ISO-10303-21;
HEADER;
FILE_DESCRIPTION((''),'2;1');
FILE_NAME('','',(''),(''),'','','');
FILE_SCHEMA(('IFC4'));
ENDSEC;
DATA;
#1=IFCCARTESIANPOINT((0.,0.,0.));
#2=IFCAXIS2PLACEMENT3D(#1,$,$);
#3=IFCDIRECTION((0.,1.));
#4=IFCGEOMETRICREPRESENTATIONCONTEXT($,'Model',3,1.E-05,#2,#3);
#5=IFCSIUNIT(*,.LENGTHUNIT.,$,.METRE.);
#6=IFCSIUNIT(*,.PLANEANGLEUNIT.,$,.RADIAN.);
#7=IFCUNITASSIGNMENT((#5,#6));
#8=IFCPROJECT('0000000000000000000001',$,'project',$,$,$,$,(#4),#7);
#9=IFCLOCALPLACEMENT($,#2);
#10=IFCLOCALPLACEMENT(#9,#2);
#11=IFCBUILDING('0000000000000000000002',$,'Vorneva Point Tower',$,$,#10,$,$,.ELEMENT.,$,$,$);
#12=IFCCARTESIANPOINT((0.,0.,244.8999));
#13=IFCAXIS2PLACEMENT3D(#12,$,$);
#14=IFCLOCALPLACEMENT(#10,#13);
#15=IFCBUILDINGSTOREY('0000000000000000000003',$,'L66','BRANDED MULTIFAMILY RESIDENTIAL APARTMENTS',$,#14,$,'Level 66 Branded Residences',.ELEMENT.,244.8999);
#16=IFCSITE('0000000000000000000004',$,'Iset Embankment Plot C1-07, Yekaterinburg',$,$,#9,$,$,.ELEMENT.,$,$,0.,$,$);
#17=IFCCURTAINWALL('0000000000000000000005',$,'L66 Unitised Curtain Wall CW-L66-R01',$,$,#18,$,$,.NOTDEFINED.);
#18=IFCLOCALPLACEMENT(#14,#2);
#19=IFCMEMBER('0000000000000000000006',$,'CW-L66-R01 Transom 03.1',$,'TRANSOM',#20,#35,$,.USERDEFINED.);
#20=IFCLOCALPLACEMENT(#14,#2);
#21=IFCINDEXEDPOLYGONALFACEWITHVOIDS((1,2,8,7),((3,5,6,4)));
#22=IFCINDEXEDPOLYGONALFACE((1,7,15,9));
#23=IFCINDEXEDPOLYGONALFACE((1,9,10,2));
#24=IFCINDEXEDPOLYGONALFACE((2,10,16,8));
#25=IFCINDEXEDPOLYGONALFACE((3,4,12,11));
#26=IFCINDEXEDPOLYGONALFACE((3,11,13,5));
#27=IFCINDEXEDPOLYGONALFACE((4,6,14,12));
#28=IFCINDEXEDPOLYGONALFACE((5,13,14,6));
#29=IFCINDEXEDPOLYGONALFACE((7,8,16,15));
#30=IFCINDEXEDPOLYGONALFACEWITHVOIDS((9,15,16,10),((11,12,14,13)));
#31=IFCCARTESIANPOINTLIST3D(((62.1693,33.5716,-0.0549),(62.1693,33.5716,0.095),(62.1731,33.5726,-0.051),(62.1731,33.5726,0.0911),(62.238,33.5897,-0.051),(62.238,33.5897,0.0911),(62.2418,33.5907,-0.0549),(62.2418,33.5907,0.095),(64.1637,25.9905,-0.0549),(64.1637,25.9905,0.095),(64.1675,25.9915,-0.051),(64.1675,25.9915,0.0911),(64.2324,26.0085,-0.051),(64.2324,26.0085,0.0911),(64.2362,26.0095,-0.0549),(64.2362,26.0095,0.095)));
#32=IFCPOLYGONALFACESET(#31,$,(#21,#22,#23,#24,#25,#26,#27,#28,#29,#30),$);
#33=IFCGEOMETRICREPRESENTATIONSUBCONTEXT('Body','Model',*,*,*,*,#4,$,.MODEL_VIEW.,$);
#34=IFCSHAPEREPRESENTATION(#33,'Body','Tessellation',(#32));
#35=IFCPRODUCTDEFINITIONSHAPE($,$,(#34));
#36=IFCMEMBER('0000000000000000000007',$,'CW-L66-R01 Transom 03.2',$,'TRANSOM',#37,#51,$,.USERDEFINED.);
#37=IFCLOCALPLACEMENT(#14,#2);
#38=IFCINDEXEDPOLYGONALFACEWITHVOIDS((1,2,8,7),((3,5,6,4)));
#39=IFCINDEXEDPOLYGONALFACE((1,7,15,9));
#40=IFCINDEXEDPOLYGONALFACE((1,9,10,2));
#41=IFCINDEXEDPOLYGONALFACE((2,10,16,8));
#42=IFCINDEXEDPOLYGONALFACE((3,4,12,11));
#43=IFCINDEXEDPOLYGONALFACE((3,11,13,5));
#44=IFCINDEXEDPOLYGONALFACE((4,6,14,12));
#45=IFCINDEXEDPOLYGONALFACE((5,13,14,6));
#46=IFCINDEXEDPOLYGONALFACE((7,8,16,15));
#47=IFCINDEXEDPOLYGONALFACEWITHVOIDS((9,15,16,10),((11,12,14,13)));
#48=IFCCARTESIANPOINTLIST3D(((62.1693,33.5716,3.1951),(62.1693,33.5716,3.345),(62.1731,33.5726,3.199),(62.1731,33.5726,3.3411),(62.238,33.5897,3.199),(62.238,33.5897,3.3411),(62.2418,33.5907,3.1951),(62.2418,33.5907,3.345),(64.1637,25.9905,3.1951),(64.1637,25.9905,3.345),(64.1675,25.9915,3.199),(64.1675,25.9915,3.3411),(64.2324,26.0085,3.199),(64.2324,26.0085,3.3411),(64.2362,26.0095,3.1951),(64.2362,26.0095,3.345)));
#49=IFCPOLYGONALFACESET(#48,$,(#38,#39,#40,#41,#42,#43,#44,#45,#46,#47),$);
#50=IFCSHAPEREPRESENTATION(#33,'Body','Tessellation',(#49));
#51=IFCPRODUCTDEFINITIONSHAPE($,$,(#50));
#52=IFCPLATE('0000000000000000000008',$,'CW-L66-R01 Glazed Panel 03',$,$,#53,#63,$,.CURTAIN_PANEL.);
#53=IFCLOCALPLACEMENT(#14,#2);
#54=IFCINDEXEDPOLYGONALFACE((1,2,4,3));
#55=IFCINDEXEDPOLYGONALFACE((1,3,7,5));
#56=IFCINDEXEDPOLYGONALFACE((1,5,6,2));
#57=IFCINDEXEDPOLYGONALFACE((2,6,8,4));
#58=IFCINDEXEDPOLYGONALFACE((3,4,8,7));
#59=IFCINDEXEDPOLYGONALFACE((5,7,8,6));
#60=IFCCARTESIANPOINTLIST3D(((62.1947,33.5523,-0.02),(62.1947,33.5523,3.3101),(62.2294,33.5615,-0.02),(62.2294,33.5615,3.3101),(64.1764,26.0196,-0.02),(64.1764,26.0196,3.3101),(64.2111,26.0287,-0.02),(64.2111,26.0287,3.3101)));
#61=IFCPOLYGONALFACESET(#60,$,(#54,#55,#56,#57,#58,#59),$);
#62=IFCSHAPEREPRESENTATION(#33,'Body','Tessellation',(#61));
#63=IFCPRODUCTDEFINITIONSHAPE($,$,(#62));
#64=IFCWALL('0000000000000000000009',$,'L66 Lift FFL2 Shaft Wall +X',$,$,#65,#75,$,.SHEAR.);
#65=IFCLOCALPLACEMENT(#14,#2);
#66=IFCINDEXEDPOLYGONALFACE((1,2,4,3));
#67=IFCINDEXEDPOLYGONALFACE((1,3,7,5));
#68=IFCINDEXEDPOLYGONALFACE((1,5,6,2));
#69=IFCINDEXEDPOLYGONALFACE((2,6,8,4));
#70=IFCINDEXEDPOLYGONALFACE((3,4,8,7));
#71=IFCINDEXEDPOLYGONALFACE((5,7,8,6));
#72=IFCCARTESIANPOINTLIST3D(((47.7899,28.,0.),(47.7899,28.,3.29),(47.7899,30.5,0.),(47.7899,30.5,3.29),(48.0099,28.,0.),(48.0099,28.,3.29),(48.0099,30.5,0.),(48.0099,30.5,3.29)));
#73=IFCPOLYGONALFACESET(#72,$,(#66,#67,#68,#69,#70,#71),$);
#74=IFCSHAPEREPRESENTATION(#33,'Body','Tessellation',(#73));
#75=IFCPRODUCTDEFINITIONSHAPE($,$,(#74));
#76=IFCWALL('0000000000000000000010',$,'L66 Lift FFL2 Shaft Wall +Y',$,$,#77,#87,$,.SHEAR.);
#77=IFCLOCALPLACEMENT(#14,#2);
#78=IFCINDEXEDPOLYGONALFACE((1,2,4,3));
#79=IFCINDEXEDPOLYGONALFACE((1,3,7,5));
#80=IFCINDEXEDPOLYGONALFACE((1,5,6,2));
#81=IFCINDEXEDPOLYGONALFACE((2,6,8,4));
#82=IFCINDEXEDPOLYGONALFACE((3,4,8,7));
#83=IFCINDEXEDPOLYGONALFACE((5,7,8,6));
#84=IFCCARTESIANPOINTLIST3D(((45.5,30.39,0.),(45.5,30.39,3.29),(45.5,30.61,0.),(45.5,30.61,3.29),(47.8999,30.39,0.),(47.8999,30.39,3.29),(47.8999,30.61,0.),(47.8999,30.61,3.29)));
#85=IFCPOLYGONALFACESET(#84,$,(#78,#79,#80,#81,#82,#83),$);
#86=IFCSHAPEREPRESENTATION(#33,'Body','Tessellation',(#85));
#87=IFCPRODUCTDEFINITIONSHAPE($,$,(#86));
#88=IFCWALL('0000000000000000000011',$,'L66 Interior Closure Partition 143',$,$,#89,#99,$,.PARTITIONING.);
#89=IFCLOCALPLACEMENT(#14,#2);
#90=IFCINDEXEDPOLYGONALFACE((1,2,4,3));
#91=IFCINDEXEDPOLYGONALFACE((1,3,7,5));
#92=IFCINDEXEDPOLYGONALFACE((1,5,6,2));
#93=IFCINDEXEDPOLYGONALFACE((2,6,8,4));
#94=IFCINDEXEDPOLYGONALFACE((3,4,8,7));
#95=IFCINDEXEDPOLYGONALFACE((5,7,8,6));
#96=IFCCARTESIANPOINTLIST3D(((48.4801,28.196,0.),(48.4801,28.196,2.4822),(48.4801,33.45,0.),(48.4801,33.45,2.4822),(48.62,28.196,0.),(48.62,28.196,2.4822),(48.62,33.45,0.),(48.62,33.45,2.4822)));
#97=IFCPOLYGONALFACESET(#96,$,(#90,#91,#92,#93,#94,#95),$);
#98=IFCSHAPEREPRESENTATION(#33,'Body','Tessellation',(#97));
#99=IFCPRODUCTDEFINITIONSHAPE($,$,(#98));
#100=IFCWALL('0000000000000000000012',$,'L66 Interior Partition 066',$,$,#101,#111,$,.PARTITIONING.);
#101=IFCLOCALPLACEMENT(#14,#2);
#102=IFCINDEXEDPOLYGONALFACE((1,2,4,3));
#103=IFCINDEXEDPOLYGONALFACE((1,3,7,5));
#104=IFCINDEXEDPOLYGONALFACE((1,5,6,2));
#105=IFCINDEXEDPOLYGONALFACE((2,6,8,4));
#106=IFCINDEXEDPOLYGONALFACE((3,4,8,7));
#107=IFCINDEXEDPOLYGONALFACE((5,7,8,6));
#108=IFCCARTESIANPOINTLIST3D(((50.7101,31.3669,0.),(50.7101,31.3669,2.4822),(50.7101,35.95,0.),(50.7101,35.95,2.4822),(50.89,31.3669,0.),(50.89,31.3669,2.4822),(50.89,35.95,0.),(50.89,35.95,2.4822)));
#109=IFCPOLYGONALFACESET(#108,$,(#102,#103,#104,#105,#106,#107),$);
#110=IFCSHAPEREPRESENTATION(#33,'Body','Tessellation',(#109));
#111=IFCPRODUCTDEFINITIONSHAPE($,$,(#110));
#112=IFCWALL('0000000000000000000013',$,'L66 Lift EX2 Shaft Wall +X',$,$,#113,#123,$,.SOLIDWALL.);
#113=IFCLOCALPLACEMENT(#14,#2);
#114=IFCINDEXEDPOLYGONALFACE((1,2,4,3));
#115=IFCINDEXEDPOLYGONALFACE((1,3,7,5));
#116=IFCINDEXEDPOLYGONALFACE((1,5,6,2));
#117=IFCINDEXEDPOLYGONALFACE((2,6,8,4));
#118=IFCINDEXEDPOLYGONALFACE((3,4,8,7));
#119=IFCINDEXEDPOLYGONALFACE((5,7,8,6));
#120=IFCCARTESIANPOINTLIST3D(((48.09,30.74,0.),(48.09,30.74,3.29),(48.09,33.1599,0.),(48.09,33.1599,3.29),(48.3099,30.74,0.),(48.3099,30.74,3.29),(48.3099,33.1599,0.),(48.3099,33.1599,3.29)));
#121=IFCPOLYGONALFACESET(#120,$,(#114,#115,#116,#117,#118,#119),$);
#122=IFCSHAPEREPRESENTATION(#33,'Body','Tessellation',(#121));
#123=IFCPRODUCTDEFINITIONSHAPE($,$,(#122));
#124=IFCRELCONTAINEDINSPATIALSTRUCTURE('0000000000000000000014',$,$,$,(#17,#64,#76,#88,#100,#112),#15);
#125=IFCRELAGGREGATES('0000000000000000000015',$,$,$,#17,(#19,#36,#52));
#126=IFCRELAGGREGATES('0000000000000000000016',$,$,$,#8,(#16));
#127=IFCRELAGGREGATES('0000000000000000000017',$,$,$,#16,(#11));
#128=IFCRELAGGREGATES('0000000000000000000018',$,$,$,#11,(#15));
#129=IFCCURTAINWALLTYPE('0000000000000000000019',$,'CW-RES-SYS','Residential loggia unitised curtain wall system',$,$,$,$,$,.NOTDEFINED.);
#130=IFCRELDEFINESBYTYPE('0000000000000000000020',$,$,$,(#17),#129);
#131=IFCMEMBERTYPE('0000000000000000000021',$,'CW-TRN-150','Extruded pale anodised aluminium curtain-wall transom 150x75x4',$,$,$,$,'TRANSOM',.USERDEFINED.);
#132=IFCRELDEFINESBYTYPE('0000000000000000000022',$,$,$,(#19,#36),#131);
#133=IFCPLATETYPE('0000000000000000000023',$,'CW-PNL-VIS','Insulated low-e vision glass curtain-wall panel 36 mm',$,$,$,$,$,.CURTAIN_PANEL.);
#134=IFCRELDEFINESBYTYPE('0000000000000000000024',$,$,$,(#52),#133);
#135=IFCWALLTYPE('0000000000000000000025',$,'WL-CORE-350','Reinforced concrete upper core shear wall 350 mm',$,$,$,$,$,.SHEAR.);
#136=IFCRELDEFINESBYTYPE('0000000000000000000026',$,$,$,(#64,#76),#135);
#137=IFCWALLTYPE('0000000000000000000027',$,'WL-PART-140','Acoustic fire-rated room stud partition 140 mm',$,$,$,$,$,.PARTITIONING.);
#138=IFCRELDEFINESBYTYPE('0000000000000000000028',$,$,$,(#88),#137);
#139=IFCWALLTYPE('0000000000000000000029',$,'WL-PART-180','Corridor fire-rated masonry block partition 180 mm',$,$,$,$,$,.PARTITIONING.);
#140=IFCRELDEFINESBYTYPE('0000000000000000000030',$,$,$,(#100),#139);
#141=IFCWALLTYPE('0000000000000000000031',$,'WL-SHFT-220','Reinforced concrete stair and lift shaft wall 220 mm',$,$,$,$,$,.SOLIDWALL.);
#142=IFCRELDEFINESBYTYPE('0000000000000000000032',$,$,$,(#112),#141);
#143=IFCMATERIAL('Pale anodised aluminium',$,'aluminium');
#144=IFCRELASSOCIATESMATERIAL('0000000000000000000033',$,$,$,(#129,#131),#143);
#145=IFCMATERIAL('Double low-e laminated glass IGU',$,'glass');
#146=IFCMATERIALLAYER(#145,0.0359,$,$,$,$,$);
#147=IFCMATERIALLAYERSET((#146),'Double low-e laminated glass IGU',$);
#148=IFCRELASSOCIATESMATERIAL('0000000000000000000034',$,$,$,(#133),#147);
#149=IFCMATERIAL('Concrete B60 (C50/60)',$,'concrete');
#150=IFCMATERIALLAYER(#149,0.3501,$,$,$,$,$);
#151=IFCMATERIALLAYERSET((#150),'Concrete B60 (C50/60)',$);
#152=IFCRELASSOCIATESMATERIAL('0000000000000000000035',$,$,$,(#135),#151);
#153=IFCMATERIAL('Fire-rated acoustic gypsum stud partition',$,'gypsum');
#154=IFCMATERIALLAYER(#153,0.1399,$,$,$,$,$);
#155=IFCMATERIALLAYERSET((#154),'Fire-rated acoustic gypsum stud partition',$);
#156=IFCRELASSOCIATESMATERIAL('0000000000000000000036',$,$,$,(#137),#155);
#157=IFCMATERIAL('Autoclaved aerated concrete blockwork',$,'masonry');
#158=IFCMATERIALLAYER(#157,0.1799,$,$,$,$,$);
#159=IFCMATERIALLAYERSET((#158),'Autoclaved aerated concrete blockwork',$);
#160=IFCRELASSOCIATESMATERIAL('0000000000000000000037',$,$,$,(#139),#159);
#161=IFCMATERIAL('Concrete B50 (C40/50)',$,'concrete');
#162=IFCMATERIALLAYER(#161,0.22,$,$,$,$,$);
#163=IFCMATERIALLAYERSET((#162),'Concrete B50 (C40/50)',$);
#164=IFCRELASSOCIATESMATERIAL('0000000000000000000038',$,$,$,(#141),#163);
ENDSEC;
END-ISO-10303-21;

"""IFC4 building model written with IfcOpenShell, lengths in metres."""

from ifc_helpers import new_model, si_unit, direction, frame, frame_2d, origin, origin_2d, place, context, subcontext, project, spatial, rectangle, hollow_rectangle, extrude, material, layer, layer_set, material_profile, profile_set, type_object, element, aggregate, save


model = new_model("IFC4")

# Units and contexts
model_context = context("Model", 3, precision=1e-05, world=origin(), true_north=direction((0.0, 1.0)))
body_context = subcontext(model_context, "Body", "Model", "MODEL_VIEW")
ifc_project = project(units=[si_unit("LENGTHUNIT", "METRE"), si_unit("PLANEANGLEUNIT", "RADIAN")], contexts=[model_context])

# Site, building, storey
site_placement = place(None, origin())
site = spatial("IfcSite", under=ifc_project, at=site_placement, Name="Iset Embankment Plot C1-07, Yekaterinburg", CompositionType="ELEMENT", RefElevation=0.0)
building_placement = place(site_placement, origin())
building = spatial("IfcBuilding", under=site, at=building_placement, Name="Vorneva Point Tower", CompositionType="ELEMENT")
storey_placement = place(building_placement, frame((0.0, 0.0, 244.8999)))
storey = spatial("IfcBuildingStorey", under=building, at=storey_placement, Name="L66", Description="BRANDED MULTIFAMILY RESIDENTIAL APARTMENTS", LongName="Level 66 Branded Residences", CompositionType="ELEMENT", Elevation=244.8999)

# Shared definitions
ifc_material_1 = material(Name="Concrete B50 (C40/50)", Category="concrete")

# Curtain wall, members, plate
ifc_material_2 = material(Name="Pale anodised aluminium", Category="aluminium")
curtain_wall_type = type_object("IfcCurtainWallType", Name="CW-RES-SYS", Description="Residential loggia unitised curtain wall system", PredefinedType="NOTDEFINED", material=ifc_material_2)
curtain_wall_placement = place(storey_placement, origin())
curtain_wall = element("IfcCurtainWall", 1, at=curtain_wall_placement, inside=storey, type_object=curtain_wall_type, Name="L66 Unitised Curtain Wall CW-L66-R01", PredefinedType="NOTDEFINED")
ifc_material_profile_1 = material_profile(ifc_material_2, hollow_rectangle(XDim=0.075, YDim=0.1499, WallThickness=0.0039, at=origin_2d()), Name="AL-TRN 150x75x4")
ifc_profile_set_1 = profile_set([ifc_material_profile_1], Name="Pale anodised aluminium")
member_type_1 = type_object("IfcMemberType", Name="CW-TRN-150", Description="Extruded pale anodised aluminium curtain-wall transom 150x75x4", ElementType="TRANSOM", PredefinedType="USERDEFINED", material=ifc_profile_set_1)
member_1_placement = place(storey_placement, frame((64.2, 26.0, 0.02), z_axis=(-0.254418, 0.967094, 0.0), x_axis=(-0.967094, -0.254418, 0.0)))
member_1 = element("IfcMember", 2, at=member_1_placement, type_object=member_type_1, Name="CW-L66-R01 Transom 03.1", ObjectType="TRANSOM", PredefinedType="USERDEFINED", context=body_context, shape_type="SweptSolid", body=[
    extrude(hollow_rectangle(XDim=0.075, YDim=0.1499, WallThickness=0.0039, at=origin_2d()), origin(), (0.0, 0.0, 1.0), 7.8391),
])
member_2_placement = place(storey_placement, frame((64.2, 26.0, 3.27), z_axis=(-0.254418, 0.967094, 0.0), x_axis=(-0.967094, -0.254418, 0.0)))
member_2 = element("IfcMember", 3, at=member_2_placement, type_object=member_type_1, Name="CW-L66-R01 Transom 03.2", ObjectType="TRANSOM", PredefinedType="USERDEFINED", context=body_context, shape_type="SweptSolid", body=[
    extrude(hollow_rectangle(XDim=0.075, YDim=0.1499, WallThickness=0.0039, at=origin_2d()), origin(), (0.0, 0.0, 1.0), 7.8391),
])
ifc_material_3 = material(Name="Double low-e laminated glass IGU", Category="glass")
ifc_layer_1 = layer(ifc_material_3, 0.0359)
ifc_layer_set_1 = layer_set([ifc_layer_1], Name="Double low-e laminated glass IGU")
plate_type = type_object("IfcPlateType", Name="CW-PNL-VIS", Description="Insulated low-e vision glass curtain-wall panel 36 mm", PredefinedType="CURTAIN_PANEL", material=ifc_layer_set_1)
plate_placement = place(storey_placement, frame((63.2029, 29.7905, -0.02), z_axis=(0.0, 0.0, 1.0), x_axis=(-0.254416, 0.967095, 0.0)))
plate = element("IfcPlate", 4, at=plate_placement, type_object=plate_type, Name="CW-L66-R01 Glazed Panel 03", PredefinedType="CURTAIN_PANEL", context=body_context, shape_type="SweptSolid", body=[
    extrude(rectangle(XDim=7.7891, YDim=0.0359, at=origin_2d()), origin(), (0.0, 0.0, 1.0), 3.3301),
])
aggregate(curtain_wall, [member_1, member_2, plate])

# Walls
ifc_material_4 = material(Name="Concrete B60 (C50/60)", Category="concrete")
ifc_layer_2 = layer(ifc_material_4, 0.3501)
ifc_layer_set_2 = layer_set([ifc_layer_2], Name="Concrete B60 (C50/60)")
wall_type_1 = type_object("IfcWallType", Name="WL-CORE-350", Description="Reinforced concrete upper core shear wall 350 mm", PredefinedType="SHEAR", material=ifc_layer_set_2)
wall_1_placement = place(storey_placement, frame((47.8999, 28.0, 0.0), z_axis=(0.0, 0.0, 1.0), x_axis=(0.0, 1.0, 0.0)))
element("IfcWall", 5, at=wall_1_placement, inside=storey, type_object=wall_type_1, Name="L66 Lift FFL2 Shaft Wall +X", PredefinedType="SHEAR", context=body_context, shape_type="SweptSolid", body=[
    extrude(rectangle(XDim=2.5, YDim=0.22, at=frame_2d((1.25, 0.0))), origin(), (0.0, 0.0, 1.0), 3.29),
])
wall_2_placement = place(storey_placement, frame((47.8999, 30.5, 0.0), z_axis=(0.0, 0.0, 1.0), x_axis=(-1.0, 0.0, 0.0)))
element("IfcWall", 6, at=wall_2_placement, inside=storey, type_object=wall_type_1, Name="L66 Lift FFL2 Shaft Wall +Y", PredefinedType="SHEAR", context=body_context, shape_type="SweptSolid", body=[
    extrude(rectangle(XDim=2.3999, YDim=0.22, at=frame_2d((1.2, 0.0))), origin(), (0.0, 0.0, 1.0), 3.29),
])
ifc_material_5 = material(Name="Fire-rated acoustic gypsum stud partition", Category="gypsum")
ifc_layer_3 = layer(ifc_material_5, 0.1399)
ifc_layer_set_3 = layer_set([ifc_layer_3], Name="Fire-rated acoustic gypsum stud partition")
wall_type_2 = type_object("IfcWallType", Name="WL-PART-140", Description="Acoustic fire-rated room stud partition 140 mm", PredefinedType="PARTITIONING", material=ifc_layer_set_3)
wall_3_placement = place(storey_placement, frame((48.55, 28.196, 0.0), z_axis=(0.0, 0.0, 1.0), x_axis=(0.0, 1.0, 0.0)))
element("IfcWall", 7, at=wall_3_placement, inside=storey, type_object=wall_type_2, Name="L66 Interior Closure Partition 143", PredefinedType="PARTITIONING", context=body_context, shape_type="SweptSolid", body=[
    extrude(rectangle(XDim=5.2539, YDim=0.1399, at=frame_2d((2.627, 0.0))), origin(), (0.0, 0.0, 1.0), 2.4822),
])
ifc_material_6 = material(Name="Autoclaved aerated concrete blockwork", Category="masonry")
ifc_layer_4 = layer(ifc_material_6, 0.1799)
ifc_layer_set_4 = layer_set([ifc_layer_4], Name="Autoclaved aerated concrete blockwork")
wall_type_3 = type_object("IfcWallType", Name="WL-PART-180", Description="Corridor fire-rated masonry block partition 180 mm", PredefinedType="PARTITIONING", material=ifc_layer_set_4)
wall_4_placement = place(storey_placement, frame((50.8, 31.3669, 0.0), z_axis=(0.0, 0.0, 1.0), x_axis=(0.0, 1.0, 0.0)))
element("IfcWall", 8, at=wall_4_placement, inside=storey, type_object=wall_type_3, Name="L66 Interior Partition 066", PredefinedType="PARTITIONING", context=body_context, shape_type="SweptSolid", body=[
    extrude(rectangle(XDim=4.583, YDim=0.1799, at=frame_2d((2.2915, 0.0))), origin(), (0.0, 0.0, 1.0), 2.4822),
])
ifc_layer_5 = layer(ifc_material_1, 0.22)
ifc_layer_set_5 = layer_set([ifc_layer_5], Name="Concrete B50 (C40/50)")
wall_type_4 = type_object("IfcWallType", Name="WL-SHFT-220", Description="Reinforced concrete stair and lift shaft wall 220 mm", PredefinedType="SOLIDWALL", material=ifc_layer_set_5)
wall_5_placement = place(storey_placement, frame((48.2, 30.74, 0.0), z_axis=(0.0, 0.0, 1.0), x_axis=(0.0, 1.0, 0.0)))
element("IfcWall", 9, at=wall_5_placement, inside=storey, type_object=wall_type_4, Name="L66 Lift EX2 Shaft Wall +X", PredefinedType="SOLIDWALL", context=body_context, shape_type="SweptSolid", body=[
    extrude(rectangle(XDim=2.4199, YDim=0.22, at=frame_2d((1.21, 0.0))), origin(), (0.0, 0.0, 1.0), 3.29),
])

save(model, "model.ifc")
